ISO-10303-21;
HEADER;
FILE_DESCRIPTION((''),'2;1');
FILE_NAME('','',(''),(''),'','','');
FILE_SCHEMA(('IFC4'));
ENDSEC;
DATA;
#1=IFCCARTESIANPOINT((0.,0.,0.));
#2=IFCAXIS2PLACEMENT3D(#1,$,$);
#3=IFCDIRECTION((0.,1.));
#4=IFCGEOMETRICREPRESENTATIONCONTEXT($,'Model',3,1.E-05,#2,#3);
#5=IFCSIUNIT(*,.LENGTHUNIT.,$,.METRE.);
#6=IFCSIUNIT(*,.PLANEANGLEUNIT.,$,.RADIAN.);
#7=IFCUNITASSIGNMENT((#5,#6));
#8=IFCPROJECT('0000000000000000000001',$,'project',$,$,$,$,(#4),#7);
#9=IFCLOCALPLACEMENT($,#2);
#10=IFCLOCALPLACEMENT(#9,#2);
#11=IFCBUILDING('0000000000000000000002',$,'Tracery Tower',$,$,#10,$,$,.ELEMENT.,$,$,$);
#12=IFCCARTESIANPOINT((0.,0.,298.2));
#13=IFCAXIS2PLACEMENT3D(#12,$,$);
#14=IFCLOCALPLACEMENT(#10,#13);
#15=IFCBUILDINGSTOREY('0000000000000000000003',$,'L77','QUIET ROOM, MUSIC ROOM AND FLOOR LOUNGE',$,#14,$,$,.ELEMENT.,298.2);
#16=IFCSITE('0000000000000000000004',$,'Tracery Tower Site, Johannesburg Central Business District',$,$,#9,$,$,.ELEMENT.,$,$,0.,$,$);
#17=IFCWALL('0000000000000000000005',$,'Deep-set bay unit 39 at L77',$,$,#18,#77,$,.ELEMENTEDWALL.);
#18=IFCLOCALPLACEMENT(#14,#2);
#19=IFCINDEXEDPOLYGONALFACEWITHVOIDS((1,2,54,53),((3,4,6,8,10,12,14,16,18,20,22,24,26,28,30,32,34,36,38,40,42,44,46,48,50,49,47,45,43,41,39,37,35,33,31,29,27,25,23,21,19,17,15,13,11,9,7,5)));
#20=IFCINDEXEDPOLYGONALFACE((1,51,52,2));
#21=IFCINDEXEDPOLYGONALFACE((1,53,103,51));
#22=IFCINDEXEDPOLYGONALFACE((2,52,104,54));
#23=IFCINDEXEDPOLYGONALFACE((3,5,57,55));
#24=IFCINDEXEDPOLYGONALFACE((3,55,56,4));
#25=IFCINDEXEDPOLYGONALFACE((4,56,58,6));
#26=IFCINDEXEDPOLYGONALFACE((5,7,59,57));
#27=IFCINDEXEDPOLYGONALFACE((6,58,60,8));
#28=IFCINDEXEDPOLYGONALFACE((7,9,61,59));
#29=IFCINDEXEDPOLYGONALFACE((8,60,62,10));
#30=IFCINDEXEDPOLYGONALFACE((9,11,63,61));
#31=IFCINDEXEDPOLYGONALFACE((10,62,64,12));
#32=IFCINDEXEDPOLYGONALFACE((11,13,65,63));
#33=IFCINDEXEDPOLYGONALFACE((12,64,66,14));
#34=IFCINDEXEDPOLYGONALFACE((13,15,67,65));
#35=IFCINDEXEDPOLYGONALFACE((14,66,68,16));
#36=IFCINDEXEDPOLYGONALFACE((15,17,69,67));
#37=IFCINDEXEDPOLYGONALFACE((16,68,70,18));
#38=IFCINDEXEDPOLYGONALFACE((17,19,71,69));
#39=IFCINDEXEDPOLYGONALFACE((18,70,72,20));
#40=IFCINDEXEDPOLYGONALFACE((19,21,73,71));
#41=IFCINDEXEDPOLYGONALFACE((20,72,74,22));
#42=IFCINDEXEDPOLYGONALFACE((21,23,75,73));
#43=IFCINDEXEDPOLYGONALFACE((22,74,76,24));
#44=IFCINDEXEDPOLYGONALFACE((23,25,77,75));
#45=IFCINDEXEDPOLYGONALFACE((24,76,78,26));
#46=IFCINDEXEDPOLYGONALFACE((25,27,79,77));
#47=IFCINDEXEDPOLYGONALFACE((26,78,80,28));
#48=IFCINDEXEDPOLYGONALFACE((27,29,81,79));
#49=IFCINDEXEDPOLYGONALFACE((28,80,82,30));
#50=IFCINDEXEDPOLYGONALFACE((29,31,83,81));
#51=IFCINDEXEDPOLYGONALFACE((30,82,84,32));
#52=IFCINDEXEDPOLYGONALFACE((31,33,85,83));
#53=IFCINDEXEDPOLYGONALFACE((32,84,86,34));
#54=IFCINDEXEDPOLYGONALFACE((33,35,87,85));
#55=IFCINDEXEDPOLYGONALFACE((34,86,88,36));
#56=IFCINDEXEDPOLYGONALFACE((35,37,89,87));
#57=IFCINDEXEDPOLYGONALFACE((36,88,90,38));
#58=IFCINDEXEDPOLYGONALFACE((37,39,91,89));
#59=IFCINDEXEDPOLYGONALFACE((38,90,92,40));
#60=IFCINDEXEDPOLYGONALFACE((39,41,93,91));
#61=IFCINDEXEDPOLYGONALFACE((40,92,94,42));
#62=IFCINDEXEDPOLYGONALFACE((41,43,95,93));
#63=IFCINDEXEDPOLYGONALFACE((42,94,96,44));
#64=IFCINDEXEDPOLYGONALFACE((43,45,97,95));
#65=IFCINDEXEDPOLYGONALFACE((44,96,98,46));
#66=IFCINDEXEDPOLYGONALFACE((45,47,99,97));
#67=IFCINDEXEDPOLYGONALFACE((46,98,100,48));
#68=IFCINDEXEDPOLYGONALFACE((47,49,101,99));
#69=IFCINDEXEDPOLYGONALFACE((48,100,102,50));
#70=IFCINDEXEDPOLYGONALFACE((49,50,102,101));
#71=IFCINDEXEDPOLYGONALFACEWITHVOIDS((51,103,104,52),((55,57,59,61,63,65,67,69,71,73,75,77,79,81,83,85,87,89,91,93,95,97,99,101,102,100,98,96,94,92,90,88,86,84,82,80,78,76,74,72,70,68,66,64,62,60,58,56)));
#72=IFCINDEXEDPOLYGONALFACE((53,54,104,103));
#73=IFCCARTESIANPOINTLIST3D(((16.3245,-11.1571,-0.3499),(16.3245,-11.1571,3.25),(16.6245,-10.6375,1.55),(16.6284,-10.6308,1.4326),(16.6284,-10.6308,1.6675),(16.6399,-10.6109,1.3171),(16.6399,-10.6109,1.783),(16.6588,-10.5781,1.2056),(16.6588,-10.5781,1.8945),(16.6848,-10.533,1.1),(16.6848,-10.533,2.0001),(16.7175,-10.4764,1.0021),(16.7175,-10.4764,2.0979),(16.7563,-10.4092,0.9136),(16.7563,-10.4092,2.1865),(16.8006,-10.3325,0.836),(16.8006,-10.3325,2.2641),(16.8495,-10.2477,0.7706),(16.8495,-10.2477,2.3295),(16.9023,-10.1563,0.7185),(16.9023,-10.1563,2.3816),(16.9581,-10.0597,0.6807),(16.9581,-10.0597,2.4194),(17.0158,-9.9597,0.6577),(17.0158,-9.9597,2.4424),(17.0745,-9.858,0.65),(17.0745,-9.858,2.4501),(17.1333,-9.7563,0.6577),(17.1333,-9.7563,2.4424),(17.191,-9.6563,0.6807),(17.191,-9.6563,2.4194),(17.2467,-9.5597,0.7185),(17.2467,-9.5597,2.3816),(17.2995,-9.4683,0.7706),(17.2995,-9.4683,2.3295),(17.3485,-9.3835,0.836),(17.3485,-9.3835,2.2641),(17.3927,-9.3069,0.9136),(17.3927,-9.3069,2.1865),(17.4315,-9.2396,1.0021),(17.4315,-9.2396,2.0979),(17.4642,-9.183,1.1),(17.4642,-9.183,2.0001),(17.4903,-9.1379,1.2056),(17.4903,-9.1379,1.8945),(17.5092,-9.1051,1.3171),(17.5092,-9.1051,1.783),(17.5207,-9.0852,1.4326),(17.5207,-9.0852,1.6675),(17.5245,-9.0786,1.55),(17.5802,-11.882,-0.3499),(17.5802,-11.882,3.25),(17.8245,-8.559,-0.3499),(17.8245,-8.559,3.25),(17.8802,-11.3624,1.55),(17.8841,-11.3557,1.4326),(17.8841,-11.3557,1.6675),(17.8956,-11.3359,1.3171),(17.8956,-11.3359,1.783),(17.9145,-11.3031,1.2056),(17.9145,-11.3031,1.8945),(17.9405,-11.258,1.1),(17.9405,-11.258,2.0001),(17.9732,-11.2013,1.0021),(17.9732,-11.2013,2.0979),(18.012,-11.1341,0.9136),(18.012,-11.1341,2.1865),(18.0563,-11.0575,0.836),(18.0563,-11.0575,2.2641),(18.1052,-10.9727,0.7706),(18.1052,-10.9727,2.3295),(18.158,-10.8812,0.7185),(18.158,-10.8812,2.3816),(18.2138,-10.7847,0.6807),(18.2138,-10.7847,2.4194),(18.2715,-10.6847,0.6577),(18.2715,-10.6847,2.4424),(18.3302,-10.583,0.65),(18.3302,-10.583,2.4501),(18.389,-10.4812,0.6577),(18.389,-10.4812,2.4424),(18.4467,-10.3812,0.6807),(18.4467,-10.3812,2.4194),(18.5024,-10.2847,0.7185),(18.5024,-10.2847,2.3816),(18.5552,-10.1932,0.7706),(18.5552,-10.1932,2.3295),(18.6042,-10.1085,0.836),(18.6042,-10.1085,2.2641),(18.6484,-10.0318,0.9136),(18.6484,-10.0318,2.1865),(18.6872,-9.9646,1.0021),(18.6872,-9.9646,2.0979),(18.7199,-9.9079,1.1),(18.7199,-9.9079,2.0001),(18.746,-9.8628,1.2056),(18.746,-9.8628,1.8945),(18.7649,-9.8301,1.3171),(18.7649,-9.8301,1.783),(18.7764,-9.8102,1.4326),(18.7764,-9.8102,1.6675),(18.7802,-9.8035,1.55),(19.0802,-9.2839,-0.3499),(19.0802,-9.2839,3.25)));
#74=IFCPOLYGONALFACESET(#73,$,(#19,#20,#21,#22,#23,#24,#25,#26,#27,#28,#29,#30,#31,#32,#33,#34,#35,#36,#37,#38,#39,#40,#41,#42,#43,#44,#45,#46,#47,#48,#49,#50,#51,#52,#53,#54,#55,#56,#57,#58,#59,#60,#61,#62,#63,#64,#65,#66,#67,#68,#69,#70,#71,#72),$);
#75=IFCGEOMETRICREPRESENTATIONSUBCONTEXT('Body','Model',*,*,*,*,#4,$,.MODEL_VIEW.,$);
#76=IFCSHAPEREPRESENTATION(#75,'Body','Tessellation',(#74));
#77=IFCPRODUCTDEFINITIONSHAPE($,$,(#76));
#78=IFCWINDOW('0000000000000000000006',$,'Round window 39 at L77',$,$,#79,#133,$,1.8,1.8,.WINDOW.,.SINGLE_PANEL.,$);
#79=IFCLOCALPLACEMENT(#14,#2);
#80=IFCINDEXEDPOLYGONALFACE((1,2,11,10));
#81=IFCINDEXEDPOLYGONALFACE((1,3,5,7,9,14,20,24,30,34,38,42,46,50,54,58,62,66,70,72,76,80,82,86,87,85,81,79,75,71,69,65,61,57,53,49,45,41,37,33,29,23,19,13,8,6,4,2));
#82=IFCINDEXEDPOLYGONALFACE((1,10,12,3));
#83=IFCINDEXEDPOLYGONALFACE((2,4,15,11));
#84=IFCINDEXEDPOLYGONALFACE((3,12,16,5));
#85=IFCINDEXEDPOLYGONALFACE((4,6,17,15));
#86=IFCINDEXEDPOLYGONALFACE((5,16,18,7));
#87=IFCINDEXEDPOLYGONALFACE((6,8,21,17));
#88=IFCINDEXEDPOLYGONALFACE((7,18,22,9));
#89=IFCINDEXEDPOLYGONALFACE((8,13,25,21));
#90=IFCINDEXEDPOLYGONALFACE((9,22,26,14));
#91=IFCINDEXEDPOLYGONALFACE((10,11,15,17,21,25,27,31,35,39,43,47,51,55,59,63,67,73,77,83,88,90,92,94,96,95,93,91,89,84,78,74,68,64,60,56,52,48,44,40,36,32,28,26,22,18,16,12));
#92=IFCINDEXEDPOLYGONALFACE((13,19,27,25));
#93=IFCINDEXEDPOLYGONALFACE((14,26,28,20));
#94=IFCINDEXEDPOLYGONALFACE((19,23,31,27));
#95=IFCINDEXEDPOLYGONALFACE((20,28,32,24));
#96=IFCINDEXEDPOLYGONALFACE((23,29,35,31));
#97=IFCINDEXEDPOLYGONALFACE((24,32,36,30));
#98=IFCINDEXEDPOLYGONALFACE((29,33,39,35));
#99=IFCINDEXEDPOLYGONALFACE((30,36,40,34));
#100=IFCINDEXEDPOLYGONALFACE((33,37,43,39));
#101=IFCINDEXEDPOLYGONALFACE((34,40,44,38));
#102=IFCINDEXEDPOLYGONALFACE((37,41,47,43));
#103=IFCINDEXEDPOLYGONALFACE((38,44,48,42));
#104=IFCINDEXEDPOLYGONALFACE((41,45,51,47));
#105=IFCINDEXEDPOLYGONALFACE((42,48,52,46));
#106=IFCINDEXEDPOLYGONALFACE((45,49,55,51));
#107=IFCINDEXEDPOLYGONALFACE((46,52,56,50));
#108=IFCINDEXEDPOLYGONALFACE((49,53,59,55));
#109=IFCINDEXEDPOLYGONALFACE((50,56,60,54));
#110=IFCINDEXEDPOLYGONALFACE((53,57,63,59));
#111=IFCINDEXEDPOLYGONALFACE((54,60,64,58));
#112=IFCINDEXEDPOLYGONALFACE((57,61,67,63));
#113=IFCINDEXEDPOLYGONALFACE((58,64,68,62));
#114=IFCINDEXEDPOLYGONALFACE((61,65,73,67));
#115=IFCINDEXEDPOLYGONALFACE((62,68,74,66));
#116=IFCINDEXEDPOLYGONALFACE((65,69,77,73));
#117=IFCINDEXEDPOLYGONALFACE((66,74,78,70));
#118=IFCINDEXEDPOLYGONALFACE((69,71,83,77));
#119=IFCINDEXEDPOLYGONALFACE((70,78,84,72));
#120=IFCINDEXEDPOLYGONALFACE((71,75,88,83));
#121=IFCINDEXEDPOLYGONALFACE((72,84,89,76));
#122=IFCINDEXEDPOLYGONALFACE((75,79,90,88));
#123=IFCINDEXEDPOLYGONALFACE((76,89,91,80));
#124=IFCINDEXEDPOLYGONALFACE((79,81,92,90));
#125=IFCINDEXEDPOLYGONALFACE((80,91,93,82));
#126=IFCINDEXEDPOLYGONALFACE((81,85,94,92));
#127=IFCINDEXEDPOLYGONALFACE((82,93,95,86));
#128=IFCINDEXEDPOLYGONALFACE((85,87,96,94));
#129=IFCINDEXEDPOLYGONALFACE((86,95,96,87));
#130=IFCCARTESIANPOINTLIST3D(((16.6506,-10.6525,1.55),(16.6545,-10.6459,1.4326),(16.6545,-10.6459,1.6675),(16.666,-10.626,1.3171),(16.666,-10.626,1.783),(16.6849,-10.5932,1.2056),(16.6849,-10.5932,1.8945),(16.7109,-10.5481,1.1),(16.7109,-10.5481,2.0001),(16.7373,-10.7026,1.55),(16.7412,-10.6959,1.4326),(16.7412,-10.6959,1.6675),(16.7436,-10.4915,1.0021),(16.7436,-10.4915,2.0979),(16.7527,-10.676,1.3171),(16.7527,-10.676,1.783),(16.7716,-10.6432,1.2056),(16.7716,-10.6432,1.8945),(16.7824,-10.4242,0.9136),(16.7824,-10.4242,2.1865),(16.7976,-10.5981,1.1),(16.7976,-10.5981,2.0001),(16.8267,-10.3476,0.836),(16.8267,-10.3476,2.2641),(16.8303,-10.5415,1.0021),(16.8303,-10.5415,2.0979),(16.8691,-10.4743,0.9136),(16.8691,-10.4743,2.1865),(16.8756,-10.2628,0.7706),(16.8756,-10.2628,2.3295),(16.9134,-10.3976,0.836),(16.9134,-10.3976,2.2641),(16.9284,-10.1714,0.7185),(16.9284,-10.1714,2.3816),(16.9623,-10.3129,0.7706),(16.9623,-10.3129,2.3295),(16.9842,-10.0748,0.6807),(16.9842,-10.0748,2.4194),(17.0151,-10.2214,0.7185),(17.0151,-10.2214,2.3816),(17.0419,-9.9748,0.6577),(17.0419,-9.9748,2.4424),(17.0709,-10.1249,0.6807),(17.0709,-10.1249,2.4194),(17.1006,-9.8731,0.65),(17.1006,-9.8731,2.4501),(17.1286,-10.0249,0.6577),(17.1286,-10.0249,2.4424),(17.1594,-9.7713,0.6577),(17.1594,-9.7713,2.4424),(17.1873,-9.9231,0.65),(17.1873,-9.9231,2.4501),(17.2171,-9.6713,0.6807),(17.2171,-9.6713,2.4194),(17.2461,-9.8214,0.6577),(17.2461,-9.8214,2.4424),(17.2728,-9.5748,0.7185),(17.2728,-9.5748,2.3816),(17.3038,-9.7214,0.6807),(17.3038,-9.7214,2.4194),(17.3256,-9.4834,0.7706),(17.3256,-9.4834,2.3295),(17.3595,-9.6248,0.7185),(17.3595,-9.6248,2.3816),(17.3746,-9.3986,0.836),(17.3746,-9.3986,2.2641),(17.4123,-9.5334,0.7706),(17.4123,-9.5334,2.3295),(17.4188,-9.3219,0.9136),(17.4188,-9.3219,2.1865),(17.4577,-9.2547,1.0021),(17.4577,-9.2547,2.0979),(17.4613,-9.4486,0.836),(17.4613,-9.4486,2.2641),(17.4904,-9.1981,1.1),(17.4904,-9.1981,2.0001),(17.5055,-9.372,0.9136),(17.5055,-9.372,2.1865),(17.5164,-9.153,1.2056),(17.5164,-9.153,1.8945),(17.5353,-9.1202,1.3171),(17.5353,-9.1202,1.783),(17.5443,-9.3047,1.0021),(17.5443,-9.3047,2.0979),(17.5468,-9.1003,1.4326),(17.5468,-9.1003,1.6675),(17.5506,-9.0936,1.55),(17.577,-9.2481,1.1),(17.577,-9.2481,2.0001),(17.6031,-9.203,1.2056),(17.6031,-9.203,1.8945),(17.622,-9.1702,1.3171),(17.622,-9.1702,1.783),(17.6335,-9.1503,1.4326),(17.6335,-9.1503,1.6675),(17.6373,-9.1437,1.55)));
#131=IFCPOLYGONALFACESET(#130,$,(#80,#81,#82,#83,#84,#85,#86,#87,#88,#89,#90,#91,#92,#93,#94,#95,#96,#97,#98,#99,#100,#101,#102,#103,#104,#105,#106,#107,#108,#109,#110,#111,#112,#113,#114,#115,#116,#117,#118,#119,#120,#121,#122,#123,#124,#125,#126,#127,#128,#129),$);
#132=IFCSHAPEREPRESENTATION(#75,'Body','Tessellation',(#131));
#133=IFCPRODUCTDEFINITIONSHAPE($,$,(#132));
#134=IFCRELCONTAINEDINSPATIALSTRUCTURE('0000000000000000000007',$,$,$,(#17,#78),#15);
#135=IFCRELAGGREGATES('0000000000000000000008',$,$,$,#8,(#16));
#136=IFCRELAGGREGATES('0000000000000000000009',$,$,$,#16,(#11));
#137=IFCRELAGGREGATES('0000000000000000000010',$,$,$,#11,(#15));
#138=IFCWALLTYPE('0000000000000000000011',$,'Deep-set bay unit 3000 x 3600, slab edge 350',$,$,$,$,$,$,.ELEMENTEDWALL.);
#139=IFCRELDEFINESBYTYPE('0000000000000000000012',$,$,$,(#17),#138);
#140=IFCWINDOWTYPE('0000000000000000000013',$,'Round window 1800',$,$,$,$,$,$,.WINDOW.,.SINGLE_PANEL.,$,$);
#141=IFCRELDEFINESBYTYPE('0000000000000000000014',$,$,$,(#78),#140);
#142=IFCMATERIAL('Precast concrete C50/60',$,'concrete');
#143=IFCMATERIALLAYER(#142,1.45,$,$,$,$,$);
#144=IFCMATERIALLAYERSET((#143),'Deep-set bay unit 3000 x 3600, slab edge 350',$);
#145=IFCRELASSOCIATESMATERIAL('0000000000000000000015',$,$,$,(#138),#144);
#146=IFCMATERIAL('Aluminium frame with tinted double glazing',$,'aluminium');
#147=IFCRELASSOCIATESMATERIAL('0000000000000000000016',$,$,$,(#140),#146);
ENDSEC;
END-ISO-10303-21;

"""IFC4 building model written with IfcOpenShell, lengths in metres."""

from ifc_helpers import new_model, si_unit, direction, frame, frame_2d, origin, origin_2d, place, context, subcontext, project, spatial, rectangle, circle, extrude, material, layer, layer_set, type_object, element, fill, save


model = new_model("IFC4")

# Units and contexts
model_context = context("Model", 3, precision=1e-05, world=origin(), true_north=direction((0.0, 1.0)))
body_context = subcontext(model_context, "Body", "Model", "MODEL_VIEW")
ifc_project = project(units=[si_unit("LENGTHUNIT", "METRE"), si_unit("PLANEANGLEUNIT", "RADIAN")], contexts=[model_context])

# Site, building, storey
site_placement = place(None, origin())
site = spatial("IfcSite", under=ifc_project, at=site_placement, Name="Tracery Tower Site, Johannesburg Central Business District", CompositionType="ELEMENT", RefElevation=0.0)
building_placement = place(site_placement, origin())
building = spatial("IfcBuilding", under=site, at=building_placement, Name="Tracery Tower", CompositionType="ELEMENT")
storey_placement = place(building_placement, frame((0.0, 0.0, 298.2)))
storey = spatial("IfcBuildingStorey", under=building, at=storey_placement, Name="L77", Description="QUIET ROOM, MUSIC ROOM AND FLOOR LOUNGE", CompositionType="ELEMENT", Elevation=298.2)

# Wall, opening, window
ifc_material_1 = material(Name="Precast concrete C50/60", Category="concrete")
ifc_layer_1 = layer(ifc_material_1, 1.45)
ifc_layer_set_1 = layer_set([ifc_layer_1], Name="Deep-set bay unit 3000 x 3600, slab edge 350")
wall_type_1 = type_object("IfcWallType", Name="Deep-set bay unit 3000 x 3600, slab edge 350", PredefinedType="ELEMENTEDWALL", material=ifc_layer_set_1)
ifc_material_2 = material(Name="Aluminium frame with tinted double glazing", Category="aluminium")
window_type = type_object("IfcWindowType", Name="Round window 1800", PartitioningType="SINGLE_PANEL", PredefinedType="WINDOW", material=ifc_material_2)
wall_1_placement = place(storey_placement, frame((16.9524, -11.5195, -0.3499), z_axis=(0.0, 0.0, 1.0), x_axis=(0.49999, 0.866031, 0.0)))
wall_1 = element("IfcWall", 1, at=wall_1_placement, inside=storey, type_object=wall_type_1, Name="Deep-set bay unit 39 at L77", PredefinedType="ELEMENTEDWALL", context=body_context, shape_type="SweptSolid", body=[
    extrude(rectangle(XDim=3.0, YDim=1.45, at=frame_2d((1.5, 0.0))), origin(), (0.0, 0.0, 1.0), 3.5999),
])
opening_1_placement = place(wall_1_placement, frame((1.5, 0.0, 1.8999)))
opening_1 = element("IfcOpeningElement", 2, at=opening_1_placement, cuts=wall_1, PredefinedType="OPENING", context=body_context, shape_type="SweptSolid", body=[
    extrude(circle(Radius=0.9, at=origin_2d()), frame((0.0, 0.7349, 0.0), z_axis=(0.0, -1.0, 0.0), x_axis=(1.0, 0.0, 0.0)), (0.0, 0.0, 1.0), 1.47),
])
window_1_placement = place(opening_1_placement, origin())
window_1 = element("IfcWindow", 3, at=window_1_placement, inside=storey, type_object=window_type, Name="Round window 39 at L77", OverallHeight=1.8, OverallWidth=1.8, PartitioningType="SINGLE_PANEL", PredefinedType="WINDOW", context=body_context, shape_type="SweptSolid", body=[
    extrude(circle(Radius=0.9, at=origin_2d()), frame((0.0, 0.6948, 0.0), z_axis=(0.0, -1.0, 0.0), x_axis=(1.0, 0.0, 0.0)), (0.0, 0.0, 1.0), 0.1001),
])
fill(opening_1, window_1)

save(model, "model.ifc")
